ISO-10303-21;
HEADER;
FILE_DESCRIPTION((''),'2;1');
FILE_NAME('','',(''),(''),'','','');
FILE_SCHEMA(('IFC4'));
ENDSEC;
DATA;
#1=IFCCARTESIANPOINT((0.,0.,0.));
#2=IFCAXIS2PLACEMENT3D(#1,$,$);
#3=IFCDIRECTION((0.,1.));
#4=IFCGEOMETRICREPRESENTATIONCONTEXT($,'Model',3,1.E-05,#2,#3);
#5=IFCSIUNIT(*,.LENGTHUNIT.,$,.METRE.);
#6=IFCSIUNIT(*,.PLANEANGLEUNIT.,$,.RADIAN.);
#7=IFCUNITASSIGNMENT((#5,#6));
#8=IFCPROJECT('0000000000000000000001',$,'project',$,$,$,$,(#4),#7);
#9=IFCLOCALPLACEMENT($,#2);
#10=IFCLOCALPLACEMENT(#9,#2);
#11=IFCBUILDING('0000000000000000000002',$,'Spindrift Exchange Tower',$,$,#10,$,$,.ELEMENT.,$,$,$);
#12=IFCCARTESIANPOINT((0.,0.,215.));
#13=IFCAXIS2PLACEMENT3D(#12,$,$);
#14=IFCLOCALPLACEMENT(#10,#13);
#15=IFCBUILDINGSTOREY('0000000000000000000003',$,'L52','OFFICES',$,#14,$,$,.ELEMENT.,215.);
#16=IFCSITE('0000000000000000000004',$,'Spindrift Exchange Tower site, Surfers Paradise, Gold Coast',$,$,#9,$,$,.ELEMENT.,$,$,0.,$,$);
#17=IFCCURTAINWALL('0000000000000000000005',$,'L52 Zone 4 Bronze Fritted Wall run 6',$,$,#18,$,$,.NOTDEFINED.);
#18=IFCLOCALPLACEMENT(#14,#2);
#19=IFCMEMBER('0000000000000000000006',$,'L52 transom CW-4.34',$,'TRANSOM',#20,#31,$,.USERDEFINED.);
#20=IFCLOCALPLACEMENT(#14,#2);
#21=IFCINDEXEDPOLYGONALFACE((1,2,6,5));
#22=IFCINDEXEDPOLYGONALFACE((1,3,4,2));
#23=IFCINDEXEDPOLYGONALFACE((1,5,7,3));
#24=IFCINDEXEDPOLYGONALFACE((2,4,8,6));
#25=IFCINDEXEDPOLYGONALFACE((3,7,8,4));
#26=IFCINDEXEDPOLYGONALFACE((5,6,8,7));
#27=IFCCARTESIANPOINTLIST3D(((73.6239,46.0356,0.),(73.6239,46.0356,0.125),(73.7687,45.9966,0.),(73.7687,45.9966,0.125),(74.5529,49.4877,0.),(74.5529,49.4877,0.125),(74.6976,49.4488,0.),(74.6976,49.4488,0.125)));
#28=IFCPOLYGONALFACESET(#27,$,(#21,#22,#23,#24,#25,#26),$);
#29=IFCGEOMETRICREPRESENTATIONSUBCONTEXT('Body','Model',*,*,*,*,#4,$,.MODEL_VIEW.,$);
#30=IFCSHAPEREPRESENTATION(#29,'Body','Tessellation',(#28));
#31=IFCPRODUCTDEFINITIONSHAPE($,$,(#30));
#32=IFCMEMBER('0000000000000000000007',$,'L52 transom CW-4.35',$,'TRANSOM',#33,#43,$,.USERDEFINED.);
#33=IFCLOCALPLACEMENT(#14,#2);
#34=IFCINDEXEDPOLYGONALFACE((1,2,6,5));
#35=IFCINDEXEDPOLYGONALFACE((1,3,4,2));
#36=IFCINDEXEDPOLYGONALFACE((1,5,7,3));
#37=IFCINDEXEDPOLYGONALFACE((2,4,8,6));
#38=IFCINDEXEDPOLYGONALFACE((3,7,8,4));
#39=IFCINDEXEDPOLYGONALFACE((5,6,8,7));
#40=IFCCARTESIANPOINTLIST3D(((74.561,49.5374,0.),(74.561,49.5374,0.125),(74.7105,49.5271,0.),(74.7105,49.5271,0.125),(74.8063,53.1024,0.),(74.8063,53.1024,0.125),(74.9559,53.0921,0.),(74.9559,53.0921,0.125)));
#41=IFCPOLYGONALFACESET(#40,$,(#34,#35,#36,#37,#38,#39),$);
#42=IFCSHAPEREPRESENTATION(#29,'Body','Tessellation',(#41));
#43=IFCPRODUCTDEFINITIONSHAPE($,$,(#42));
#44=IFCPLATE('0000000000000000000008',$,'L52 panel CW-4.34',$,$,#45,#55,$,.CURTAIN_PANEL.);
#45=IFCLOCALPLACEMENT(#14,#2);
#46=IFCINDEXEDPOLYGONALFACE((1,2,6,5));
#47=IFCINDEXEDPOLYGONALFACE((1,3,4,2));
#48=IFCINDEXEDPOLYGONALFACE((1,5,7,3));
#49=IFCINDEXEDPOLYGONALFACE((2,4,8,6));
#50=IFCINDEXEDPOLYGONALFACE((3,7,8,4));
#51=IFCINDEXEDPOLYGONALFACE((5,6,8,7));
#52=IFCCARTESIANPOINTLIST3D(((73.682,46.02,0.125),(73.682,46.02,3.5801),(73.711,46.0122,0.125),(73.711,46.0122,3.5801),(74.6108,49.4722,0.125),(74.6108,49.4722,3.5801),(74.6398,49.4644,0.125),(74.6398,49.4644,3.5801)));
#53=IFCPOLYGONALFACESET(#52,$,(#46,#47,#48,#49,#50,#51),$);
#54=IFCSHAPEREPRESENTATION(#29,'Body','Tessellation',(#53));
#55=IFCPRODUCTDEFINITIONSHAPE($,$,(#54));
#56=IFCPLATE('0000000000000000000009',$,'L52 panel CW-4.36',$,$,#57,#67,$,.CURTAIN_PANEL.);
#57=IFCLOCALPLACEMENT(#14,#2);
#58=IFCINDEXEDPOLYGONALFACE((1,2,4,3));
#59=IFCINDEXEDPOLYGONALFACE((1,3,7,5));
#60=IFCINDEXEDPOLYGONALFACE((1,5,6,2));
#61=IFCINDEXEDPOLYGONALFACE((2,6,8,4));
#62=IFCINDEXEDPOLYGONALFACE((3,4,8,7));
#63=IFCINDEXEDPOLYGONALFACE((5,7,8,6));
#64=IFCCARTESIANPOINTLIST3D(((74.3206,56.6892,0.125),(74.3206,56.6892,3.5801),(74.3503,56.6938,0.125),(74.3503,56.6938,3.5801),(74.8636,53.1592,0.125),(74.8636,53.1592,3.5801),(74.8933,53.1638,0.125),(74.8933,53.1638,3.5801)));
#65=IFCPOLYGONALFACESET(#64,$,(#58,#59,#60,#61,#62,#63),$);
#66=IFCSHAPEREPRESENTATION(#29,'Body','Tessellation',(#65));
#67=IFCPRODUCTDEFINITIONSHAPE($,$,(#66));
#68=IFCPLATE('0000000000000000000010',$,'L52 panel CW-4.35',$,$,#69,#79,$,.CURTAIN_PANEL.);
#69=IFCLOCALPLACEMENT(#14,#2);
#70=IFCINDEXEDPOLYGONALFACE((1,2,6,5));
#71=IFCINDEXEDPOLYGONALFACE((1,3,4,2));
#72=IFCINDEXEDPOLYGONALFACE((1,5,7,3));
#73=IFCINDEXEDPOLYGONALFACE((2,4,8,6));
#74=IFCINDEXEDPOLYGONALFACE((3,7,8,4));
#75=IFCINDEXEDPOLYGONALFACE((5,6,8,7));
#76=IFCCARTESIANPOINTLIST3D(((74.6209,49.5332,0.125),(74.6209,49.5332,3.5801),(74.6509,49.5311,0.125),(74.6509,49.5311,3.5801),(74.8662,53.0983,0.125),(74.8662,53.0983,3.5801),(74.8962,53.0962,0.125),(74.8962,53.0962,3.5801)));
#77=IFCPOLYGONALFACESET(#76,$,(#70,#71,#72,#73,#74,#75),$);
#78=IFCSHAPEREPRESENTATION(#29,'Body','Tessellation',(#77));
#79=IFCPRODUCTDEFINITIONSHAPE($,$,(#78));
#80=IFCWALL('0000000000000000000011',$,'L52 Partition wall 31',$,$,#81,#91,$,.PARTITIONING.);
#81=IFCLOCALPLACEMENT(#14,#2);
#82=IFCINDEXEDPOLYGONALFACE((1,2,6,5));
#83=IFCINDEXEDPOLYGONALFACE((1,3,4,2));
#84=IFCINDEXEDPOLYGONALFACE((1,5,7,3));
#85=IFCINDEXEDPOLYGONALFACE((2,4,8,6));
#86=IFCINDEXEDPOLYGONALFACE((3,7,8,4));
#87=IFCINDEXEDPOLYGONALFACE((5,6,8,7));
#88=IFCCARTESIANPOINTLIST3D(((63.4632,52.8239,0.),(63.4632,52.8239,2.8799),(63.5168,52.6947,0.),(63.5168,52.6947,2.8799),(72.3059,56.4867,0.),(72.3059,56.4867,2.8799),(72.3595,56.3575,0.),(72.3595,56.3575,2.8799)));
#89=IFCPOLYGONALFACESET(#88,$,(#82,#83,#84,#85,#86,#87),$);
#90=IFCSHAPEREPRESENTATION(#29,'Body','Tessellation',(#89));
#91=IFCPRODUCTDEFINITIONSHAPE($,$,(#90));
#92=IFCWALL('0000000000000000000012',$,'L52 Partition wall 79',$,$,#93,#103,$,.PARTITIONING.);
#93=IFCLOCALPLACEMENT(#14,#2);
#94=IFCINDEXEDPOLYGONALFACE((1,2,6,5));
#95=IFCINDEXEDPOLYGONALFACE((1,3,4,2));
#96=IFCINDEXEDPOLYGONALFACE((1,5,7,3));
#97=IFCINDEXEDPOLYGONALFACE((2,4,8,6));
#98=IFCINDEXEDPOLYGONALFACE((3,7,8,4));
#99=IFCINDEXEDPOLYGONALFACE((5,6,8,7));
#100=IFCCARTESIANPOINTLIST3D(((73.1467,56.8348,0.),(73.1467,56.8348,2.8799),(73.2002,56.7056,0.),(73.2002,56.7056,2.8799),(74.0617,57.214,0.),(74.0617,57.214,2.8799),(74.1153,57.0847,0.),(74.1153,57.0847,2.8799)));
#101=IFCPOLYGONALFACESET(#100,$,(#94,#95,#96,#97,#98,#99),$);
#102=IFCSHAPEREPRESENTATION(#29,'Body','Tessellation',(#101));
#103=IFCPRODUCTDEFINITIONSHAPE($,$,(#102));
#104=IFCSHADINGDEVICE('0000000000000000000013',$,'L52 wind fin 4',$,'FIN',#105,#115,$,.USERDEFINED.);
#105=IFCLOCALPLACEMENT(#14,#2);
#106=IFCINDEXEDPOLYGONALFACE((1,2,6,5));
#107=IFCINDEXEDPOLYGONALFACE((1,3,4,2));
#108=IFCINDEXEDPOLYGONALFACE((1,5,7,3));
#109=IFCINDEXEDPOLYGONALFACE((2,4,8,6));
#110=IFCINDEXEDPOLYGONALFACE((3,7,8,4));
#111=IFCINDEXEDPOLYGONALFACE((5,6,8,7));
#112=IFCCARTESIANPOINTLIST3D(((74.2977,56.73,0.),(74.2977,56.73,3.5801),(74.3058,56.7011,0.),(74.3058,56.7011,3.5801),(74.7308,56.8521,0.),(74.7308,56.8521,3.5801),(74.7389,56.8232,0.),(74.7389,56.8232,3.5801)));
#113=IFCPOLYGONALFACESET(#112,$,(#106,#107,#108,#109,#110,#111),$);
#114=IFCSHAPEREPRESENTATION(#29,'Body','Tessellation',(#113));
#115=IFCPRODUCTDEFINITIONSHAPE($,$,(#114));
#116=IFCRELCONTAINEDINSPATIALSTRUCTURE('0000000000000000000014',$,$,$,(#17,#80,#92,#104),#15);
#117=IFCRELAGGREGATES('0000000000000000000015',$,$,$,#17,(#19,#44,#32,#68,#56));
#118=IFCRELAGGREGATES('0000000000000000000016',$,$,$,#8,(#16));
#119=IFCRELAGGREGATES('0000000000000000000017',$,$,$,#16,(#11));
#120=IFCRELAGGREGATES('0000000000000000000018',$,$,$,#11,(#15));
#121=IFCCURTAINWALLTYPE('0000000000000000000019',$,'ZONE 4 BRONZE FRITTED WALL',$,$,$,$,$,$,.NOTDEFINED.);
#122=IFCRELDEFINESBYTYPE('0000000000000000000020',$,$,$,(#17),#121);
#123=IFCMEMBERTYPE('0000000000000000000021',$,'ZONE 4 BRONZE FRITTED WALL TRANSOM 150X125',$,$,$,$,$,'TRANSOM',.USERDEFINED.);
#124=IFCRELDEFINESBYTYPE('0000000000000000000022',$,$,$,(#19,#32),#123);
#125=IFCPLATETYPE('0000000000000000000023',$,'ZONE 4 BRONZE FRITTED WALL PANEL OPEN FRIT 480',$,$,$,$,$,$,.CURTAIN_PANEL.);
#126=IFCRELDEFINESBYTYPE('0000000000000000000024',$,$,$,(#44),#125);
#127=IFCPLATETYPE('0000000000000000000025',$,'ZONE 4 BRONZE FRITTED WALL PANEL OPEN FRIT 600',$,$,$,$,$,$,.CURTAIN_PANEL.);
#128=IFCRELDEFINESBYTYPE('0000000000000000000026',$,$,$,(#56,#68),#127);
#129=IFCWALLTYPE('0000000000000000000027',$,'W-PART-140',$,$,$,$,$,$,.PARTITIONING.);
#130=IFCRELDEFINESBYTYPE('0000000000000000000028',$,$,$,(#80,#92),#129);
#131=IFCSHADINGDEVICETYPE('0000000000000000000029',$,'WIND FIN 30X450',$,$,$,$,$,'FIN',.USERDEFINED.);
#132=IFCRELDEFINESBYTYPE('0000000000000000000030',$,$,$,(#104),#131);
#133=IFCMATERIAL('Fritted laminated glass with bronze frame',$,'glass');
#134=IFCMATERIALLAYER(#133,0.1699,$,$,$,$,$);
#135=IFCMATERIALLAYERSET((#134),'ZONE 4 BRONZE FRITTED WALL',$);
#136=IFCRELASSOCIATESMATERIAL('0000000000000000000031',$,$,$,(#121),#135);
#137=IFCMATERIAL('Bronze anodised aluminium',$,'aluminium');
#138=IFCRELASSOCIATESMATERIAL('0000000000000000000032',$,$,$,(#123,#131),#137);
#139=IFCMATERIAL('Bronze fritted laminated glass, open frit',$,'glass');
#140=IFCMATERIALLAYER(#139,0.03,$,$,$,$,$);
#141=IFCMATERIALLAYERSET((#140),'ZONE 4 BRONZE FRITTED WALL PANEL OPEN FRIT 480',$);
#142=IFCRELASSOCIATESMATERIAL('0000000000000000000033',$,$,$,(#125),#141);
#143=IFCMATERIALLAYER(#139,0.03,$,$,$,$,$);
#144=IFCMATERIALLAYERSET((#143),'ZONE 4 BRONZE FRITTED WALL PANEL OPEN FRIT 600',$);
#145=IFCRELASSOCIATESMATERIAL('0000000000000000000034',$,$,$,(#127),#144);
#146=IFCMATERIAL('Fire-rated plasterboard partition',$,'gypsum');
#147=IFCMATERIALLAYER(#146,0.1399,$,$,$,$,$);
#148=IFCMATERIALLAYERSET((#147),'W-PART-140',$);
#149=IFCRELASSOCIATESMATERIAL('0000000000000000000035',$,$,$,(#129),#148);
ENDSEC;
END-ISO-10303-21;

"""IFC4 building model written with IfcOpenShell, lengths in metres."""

from ifc_helpers import new_model, si_unit, direction, frame, frame_2d, origin, origin_2d, place, context, subcontext, project, spatial, rectangle, extrude, source, transform, mapped, material, layer, layer_set, material_profile, profile_set, type_object, element, aggregate, save


model = new_model("IFC4")

# Units and contexts
model_context = context("Model", 3, precision=1e-05, world=origin(), true_north=direction((0.0, 1.0)))
body_context = subcontext(model_context, "Body", "Model", "MODEL_VIEW")
ifc_project = project(units=[si_unit("LENGTHUNIT", "METRE"), si_unit("PLANEANGLEUNIT", "RADIAN")], contexts=[model_context])

# Site, building, storey
site_placement = place(None, origin())
site = spatial("IfcSite", under=ifc_project, at=site_placement, Name="Spindrift Exchange Tower site, Surfers Paradise, Gold Coast", CompositionType="ELEMENT", RefElevation=0.0)
building_placement = place(site_placement, origin())
building = spatial("IfcBuilding", under=site, at=building_placement, Name="Spindrift Exchange Tower", CompositionType="ELEMENT")
storey_placement = place(building_placement, frame((0.0, 0.0, 215.0)))
storey = spatial("IfcBuildingStorey", under=building, at=storey_placement, Name="L52", Description="OFFICES", CompositionType="ELEMENT", Elevation=215.0)

# Curtain wall, members, plates
ifc_material_1 = material(Name="Fritted laminated glass with bronze frame", Category="glass")
ifc_layer_1 = layer(ifc_material_1, 0.1699)
ifc_layer_set_1 = layer_set([ifc_layer_1], Name="ZONE 4 BRONZE FRITTED WALL")
curtain_wall_type = type_object("IfcCurtainWallType", Name="ZONE 4 BRONZE FRITTED WALL", PredefinedType="NOTDEFINED", material=ifc_layer_set_1)
curtain_wall_placement = place(storey_placement, origin())
curtain_wall = element("IfcCurtainWall", 1, at=curtain_wall_placement, inside=storey, type_object=curtain_wall_type, Name="L52 Zone 4 Bronze Fritted Wall run 6", PredefinedType="NOTDEFINED")
ifc_material_2 = material(Name="Bronze anodised aluminium", Category="aluminium")
ifc_material_profile_1 = material_profile(ifc_material_2, rectangle(XDim=0.1499, YDim=0.125, at=origin_2d()), Name="ZONE 4 BRONZE FRITTED WALL TRANSOM 150X125")
ifc_profile_set_1 = profile_set([ifc_material_profile_1], Name="Bronze anodised aluminium")
member_type_1 = type_object("IfcMemberType", Name="ZONE 4 BRONZE FRITTED WALL TRANSOM 150X125", ElementType="TRANSOM", PredefinedType="USERDEFINED", material=ifc_profile_set_1)
shared_shape_1 = source(origin(), body_context, "Body", "SweptSolid", [
    extrude(rectangle(XDim=0.1499, YDim=0.125, at=origin_2d()), origin(), (0.0, 0.0, 1.0), 3.575),
])
member_1_placement = place(storey_placement, frame((73.6963, 46.0161, 0.0625), z_axis=(0.259851, 0.965649, 0.0), x_axis=(-0.965649, 0.259851, 0.0)))
member_1 = element("IfcMember", 2, at=member_1_placement, type_object=member_type_1, Name="L52 transom CW-4.34", ObjectType="TRANSOM", PredefinedType="USERDEFINED", context=body_context, shape_type="MappedRepresentation", body=[
    mapped(shared_shape_1, transform((0.0, 0.0, 0.0), scale=1.0)),
])
shared_shape_2 = source(origin(), body_context, "Body", "SweptSolid", [
    extrude(rectangle(XDim=0.1499, YDim=0.125, at=origin_2d()), origin(), (0.0, 0.0, 1.0), 3.5735),
])
member_2_placement = place(storey_placement, frame((74.6357, 49.5322, 0.0625), z_axis=(0.068664, 0.99764, 0.0), x_axis=(-0.99764, 0.068664, 0.0)))
member_2 = element("IfcMember", 3, at=member_2_placement, type_object=member_type_1, Name="L52 transom CW-4.35", ObjectType="TRANSOM", PredefinedType="USERDEFINED", context=body_context, shape_type="MappedRepresentation", body=[
    mapped(shared_shape_2, transform((0.0, 0.0, 0.0), scale=1.0)),
])
ifc_material_3 = material(Name="Bronze fritted laminated glass, open frit", Category="glass")
ifc_layer_2 = layer(ifc_material_3, 0.03)
ifc_layer_set_2 = layer_set([ifc_layer_2], Name="ZONE 4 BRONZE FRITTED WALL PANEL OPEN FRIT 480")
plate_type_1 = type_object("IfcPlateType", Name="ZONE 4 BRONZE FRITTED WALL PANEL OPEN FRIT 480", PredefinedType="CURTAIN_PANEL", material=ifc_layer_set_2)
shared_shape_3 = source(origin(), body_context, "Body", "SweptSolid", [
    extrude(rectangle(XDim=3.575, YDim=0.03, at=origin_2d()), origin(), (0.0, 0.0, 1.0), 3.4551),
])
plate_1_placement = place(storey_placement, frame((74.1609, 47.7422, 0.125), z_axis=(0.0, 0.0, 1.0), x_axis=(0.259815, 0.965658, 0.0)))
plate_1 = element("IfcPlate", 4, at=plate_1_placement, type_object=plate_type_1, Name="L52 panel CW-4.34", PredefinedType="CURTAIN_PANEL", context=body_context, shape_type="MappedRepresentation", body=[
    mapped(shared_shape_3, transform((0.0, 0.0, 0.0), scale=1.0)),
])
ifc_layer_3 = layer(ifc_material_3, 0.03)
ifc_layer_set_3 = layer_set([ifc_layer_3], Name="ZONE 4 BRONZE FRITTED WALL PANEL OPEN FRIT 600")
plate_type_2 = type_object("IfcPlateType", Name="ZONE 4 BRONZE FRITTED WALL PANEL OPEN FRIT 600", PredefinedType="CURTAIN_PANEL", material=ifc_layer_set_3)
shared_shape_4 = source(origin(), body_context, "Body", "SweptSolid", [
    extrude(rectangle(XDim=3.5715, YDim=0.03, at=origin_2d()), origin(), (0.0, 0.0, 1.0), 3.4551),
])
plate_2_placement = place(storey_placement, frame((74.6069, 54.9265, 0.125), z_axis=(0.0, 0.0, 1.0), x_axis=(-0.152039, 0.988375, 0.0)))
plate_2 = element("IfcPlate", 5, at=plate_2_placement, type_object=plate_type_2, Name="L52 panel CW-4.36", PredefinedType="CURTAIN_PANEL", context=body_context, shape_type="MappedRepresentation", body=[
    mapped(shared_shape_4, transform((0.0, 0.0, 0.0), scale=1.0)),
])
shared_shape_5 = source(origin(), body_context, "Body", "SweptSolid", [
    extrude(rectangle(XDim=3.5735, YDim=0.03, at=origin_2d()), origin(), (0.0, 0.0, 1.0), 3.4551),
])
plate_3_placement = place(storey_placement, frame((74.7585, 51.3147, 0.125), z_axis=(0.0, 0.0, 1.0), x_axis=(0.068656, 0.99764, 0.0)))
plate_3 = element("IfcPlate", 6, at=plate_3_placement, type_object=plate_type_2, Name="L52 panel CW-4.35", PredefinedType="CURTAIN_PANEL", context=body_context, shape_type="MappedRepresentation", body=[
    mapped(shared_shape_5, transform((0.0, 0.0, 0.0), scale=1.0)),
])
aggregate(curtain_wall, [member_1, plate_1, member_2, plate_3, plate_2])

# Walls
ifc_material_4 = material(Name="Fire-rated plasterboard partition", Category="gypsum")
ifc_layer_4 = layer(ifc_material_4, 0.1399)
ifc_layer_set_4 = layer_set([ifc_layer_4], Name="W-PART-140")
wall_type = type_object("IfcWallType", Name="W-PART-140", PredefinedType="PARTITIONING", material=ifc_layer_set_4)
wall_1_placement = place(storey_placement, frame((63.49, 52.7593, 0.0), z_axis=(0.0, 0.0, 1.0), x_axis=(0.923878, 0.382687, 0.0)))
element("IfcWall", 7, at=wall_1_placement, inside=storey, type_object=wall_type, Name="L52 Partition wall 31", PredefinedType="PARTITIONING", context=body_context, shape_type="SweptSolid", body=[
    extrude(rectangle(XDim=9.5713, YDim=0.1399, at=frame_2d((4.7856, 0.0))), origin(), (0.0, 0.0, 1.0), 2.8799),
])
wall_2_placement = place(storey_placement, frame((73.1736, 56.7703, 0.0), z_axis=(0.0, 0.0, 1.0), x_axis=(0.923834, 0.382794, 0.0)))
element("IfcWall", 8, at=wall_2_placement, inside=storey, type_object=wall_type, Name="L52 Partition wall 79", PredefinedType="PARTITIONING", context=body_context, shape_type="SweptSolid", body=[
    extrude(rectangle(XDim=0.9905, YDim=0.1399, at=frame_2d((0.4951, 0.0))), origin(), (0.0, 0.0, 1.0), 2.8799),
])

# Shading device
ifc_material_profile_2 = material_profile(ifc_material_2, rectangle(XDim=0.03, YDim=0.45, at=origin_2d()), Name="WIND FIN 30X450")
ifc_profile_set_2 = profile_set([ifc_material_profile_2], Name="Bronze anodised aluminium")
shading_device_type = type_object("IfcShadingDeviceType", Name="WIND FIN 30X450", ElementType="FIN", PredefinedType="USERDEFINED", material=ifc_profile_set_2)
shared_shape_6 = source(origin(), body_context, "Body", "SweptSolid", [
    extrude(rectangle(XDim=0.03, YDim=0.45, at=origin_2d()), origin(), (0.0, 0.0, 1.0), 3.5801),
])
shading_device_placement = place(storey_placement, frame((74.5183, 56.7766, 0.0), z_axis=(0.0, 0.0, 1.0), x_axis=(-0.271259, 0.962506, 0.0)))
element("IfcShadingDevice", 9, at=shading_device_placement, inside=storey, type_object=shading_device_type, Name="L52 wind fin 4", ObjectType="FIN", PredefinedType="USERDEFINED", context=body_context, shape_type="MappedRepresentation", body=[
    mapped(shared_shape_6, transform((0.0, 0.0, 0.0), scale=1.0)),
])

save(model, "model.ifc")
